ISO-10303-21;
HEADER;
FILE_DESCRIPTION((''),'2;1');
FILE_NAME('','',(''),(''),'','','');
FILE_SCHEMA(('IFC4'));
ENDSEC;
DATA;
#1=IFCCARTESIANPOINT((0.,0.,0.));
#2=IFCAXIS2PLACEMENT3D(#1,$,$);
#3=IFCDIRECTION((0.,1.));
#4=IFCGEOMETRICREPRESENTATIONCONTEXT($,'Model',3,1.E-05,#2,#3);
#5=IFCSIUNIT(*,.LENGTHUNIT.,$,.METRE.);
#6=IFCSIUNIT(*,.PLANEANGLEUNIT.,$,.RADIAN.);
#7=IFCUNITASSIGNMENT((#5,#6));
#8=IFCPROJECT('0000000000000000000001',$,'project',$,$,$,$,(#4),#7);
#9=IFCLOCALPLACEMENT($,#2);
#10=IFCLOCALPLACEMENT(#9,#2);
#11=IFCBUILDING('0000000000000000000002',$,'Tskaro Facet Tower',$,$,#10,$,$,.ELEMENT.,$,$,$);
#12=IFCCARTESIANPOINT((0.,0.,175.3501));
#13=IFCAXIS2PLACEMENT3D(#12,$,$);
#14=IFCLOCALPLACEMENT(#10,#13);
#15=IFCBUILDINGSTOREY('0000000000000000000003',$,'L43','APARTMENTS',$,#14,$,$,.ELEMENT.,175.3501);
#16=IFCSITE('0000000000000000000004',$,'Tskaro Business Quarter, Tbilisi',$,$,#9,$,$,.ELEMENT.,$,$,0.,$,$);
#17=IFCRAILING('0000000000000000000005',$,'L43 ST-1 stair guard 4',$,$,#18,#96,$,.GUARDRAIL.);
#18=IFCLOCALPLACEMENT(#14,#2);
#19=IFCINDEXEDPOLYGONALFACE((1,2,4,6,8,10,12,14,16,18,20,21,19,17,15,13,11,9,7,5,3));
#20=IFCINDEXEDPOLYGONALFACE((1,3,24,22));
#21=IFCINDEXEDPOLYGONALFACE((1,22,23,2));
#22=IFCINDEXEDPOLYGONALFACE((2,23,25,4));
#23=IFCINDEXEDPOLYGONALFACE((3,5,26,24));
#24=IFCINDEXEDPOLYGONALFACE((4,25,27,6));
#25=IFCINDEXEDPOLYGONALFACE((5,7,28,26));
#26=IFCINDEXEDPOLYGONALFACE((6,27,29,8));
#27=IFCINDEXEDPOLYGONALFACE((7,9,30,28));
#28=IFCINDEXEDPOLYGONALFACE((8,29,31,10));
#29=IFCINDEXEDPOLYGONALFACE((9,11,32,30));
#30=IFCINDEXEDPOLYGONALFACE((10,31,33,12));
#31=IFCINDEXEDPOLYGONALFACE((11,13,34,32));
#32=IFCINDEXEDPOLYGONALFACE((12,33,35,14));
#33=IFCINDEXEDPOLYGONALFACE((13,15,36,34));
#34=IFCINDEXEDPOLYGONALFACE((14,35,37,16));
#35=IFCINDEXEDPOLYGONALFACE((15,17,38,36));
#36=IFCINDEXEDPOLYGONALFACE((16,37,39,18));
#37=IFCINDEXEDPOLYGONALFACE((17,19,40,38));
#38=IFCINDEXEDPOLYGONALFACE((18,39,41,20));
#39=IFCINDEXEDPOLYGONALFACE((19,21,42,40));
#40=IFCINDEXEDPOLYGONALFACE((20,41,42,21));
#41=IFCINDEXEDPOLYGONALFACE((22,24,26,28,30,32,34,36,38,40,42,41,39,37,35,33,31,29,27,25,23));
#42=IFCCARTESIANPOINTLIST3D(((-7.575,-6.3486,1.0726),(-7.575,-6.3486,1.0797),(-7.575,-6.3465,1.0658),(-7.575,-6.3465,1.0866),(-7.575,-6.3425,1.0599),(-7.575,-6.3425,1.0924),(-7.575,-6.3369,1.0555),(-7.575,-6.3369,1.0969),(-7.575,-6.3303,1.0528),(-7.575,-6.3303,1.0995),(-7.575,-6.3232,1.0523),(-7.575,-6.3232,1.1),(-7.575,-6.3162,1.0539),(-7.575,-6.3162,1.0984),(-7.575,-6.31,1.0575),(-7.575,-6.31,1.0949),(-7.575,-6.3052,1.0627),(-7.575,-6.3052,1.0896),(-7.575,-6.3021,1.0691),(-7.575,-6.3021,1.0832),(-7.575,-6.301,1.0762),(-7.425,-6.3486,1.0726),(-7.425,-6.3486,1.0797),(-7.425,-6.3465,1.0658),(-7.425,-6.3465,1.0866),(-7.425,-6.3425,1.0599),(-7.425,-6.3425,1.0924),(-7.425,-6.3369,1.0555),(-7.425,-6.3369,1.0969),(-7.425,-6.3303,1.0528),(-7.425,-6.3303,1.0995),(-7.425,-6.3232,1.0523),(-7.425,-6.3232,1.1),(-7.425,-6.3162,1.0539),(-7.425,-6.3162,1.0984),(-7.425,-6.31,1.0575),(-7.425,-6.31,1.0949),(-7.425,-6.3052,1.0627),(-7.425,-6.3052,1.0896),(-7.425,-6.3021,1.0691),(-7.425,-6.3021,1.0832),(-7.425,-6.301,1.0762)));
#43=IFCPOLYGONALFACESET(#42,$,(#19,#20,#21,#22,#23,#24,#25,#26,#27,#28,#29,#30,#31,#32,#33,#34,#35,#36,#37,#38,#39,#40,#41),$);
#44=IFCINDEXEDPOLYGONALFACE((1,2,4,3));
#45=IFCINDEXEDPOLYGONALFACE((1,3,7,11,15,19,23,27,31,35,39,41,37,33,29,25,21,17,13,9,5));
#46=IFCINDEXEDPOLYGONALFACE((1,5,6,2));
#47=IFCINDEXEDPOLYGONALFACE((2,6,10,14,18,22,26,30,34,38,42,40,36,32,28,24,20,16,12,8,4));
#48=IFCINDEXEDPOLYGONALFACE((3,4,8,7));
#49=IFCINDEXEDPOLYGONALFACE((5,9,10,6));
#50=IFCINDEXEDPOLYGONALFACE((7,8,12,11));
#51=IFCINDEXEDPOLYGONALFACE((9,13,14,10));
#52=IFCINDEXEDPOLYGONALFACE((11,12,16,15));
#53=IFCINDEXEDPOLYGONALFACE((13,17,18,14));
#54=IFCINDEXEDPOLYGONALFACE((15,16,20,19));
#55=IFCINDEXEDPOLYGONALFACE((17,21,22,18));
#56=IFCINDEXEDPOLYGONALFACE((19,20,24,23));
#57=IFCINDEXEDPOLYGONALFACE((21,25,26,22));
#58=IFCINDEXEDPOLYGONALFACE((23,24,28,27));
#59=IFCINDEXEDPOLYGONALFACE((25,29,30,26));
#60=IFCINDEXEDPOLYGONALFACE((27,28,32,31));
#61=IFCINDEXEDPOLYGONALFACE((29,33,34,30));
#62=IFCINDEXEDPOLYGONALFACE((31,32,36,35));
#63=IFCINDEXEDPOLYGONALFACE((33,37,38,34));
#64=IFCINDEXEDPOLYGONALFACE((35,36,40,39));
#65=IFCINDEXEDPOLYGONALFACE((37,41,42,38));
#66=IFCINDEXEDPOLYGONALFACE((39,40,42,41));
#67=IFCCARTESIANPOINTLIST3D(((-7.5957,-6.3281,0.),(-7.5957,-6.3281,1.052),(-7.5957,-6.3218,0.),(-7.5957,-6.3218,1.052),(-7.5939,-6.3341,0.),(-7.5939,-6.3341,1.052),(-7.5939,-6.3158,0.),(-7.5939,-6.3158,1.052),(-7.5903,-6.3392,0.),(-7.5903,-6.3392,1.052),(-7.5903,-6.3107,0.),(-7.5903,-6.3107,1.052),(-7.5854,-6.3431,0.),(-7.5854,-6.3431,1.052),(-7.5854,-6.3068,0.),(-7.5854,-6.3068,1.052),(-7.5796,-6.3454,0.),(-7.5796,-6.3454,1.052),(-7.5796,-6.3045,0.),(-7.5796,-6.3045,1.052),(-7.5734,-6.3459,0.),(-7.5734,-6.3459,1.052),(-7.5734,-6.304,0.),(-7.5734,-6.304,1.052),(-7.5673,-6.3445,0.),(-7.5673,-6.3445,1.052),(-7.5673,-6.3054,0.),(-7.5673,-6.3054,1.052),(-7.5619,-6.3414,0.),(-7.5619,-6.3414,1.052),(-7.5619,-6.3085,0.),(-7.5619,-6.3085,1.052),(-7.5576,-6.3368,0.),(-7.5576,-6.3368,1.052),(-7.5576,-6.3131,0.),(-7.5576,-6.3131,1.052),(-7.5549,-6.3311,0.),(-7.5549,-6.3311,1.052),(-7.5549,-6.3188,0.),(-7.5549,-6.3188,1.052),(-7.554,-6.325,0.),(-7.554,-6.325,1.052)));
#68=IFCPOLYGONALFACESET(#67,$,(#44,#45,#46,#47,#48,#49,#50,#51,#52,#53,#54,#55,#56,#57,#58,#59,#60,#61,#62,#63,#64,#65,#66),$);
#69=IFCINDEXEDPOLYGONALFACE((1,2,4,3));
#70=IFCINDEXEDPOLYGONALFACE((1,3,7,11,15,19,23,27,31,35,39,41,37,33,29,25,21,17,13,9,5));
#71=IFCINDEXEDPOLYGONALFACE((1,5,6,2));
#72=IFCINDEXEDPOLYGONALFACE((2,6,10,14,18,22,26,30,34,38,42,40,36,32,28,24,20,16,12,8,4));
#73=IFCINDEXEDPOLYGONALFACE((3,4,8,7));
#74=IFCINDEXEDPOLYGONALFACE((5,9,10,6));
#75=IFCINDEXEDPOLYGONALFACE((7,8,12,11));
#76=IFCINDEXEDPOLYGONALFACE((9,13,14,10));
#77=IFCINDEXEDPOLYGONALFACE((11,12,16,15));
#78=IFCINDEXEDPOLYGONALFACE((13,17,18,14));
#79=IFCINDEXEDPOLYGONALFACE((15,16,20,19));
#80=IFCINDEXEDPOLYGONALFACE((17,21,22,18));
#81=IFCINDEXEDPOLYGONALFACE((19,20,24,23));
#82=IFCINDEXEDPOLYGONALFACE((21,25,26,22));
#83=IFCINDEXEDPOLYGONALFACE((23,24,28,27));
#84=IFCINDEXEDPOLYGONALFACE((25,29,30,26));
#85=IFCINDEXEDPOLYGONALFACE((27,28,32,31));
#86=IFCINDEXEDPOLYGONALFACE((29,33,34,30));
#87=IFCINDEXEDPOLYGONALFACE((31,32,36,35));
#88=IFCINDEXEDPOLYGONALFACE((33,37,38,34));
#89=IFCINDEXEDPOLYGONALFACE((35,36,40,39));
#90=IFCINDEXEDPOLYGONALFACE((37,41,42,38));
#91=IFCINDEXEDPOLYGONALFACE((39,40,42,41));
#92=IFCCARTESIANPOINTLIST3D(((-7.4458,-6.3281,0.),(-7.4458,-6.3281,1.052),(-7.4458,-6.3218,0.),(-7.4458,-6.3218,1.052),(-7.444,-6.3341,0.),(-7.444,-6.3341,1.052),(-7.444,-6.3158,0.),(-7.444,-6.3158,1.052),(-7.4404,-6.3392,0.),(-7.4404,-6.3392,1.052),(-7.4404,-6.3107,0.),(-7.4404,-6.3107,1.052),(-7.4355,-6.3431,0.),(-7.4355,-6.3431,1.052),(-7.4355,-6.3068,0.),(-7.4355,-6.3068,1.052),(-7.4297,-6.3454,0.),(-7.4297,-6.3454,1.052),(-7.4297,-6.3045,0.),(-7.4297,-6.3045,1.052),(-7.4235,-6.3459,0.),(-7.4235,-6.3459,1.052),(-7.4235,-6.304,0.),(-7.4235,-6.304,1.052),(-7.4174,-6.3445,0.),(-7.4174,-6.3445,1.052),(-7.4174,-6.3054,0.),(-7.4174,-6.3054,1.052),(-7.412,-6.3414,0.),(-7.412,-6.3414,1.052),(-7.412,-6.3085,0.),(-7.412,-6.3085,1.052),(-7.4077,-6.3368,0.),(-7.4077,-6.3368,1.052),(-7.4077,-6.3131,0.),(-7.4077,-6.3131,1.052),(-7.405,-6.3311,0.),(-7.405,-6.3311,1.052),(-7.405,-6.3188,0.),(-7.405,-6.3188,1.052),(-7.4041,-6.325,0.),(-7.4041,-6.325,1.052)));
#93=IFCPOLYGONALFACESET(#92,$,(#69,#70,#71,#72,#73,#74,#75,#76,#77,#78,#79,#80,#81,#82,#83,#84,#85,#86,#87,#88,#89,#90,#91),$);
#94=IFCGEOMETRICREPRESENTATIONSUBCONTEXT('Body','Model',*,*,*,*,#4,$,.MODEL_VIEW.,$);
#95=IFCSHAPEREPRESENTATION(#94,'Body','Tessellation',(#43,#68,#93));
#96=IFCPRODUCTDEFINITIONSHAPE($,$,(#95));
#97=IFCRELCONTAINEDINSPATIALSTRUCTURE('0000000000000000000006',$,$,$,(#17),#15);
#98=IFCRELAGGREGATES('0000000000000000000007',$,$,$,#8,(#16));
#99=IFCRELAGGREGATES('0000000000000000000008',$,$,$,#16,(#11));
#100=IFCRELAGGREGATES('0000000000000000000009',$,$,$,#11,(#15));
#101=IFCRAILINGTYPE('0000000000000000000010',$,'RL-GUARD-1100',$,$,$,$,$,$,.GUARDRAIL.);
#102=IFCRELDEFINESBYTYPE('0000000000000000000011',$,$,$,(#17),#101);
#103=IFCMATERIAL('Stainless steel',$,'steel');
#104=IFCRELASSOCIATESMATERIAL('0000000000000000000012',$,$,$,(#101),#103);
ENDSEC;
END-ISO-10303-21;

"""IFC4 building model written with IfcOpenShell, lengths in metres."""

from ifc_helpers import new_model, si_unit, direction, frame, origin, origin_2d, place, context, subcontext, project, spatial, circle, extrude, material, type_object, element, save


model = new_model("IFC4")

# Units and contexts
model_context = context("Model", 3, precision=1e-05, world=origin(), true_north=direction((0.0, 1.0)))
body_context = subcontext(model_context, "Body", "Model", "MODEL_VIEW")
ifc_project = project(units=[si_unit("LENGTHUNIT", "METRE"), si_unit("PLANEANGLEUNIT", "RADIAN")], contexts=[model_context])

# Site, building, storey
site_placement = place(None, origin())
site = spatial("IfcSite", under=ifc_project, at=site_placement, Name="Tskaro Business Quarter, Tbilisi", CompositionType="ELEMENT", RefElevation=0.0)
building_placement = place(site_placement, origin())
building = spatial("IfcBuilding", under=site, at=building_placement, Name="Tskaro Facet Tower", CompositionType="ELEMENT")
storey_placement = place(building_placement, frame((0.0, 0.0, 175.3501)))
storey = spatial("IfcBuildingStorey", under=building, at=storey_placement, Name="L43", Description="APARTMENTS", CompositionType="ELEMENT", Elevation=175.3501)

# Shared definitions
ifc_material_1 = material(Name="Stainless steel", Category="steel")

# Railing
railing_type_1 = type_object("IfcRailingType", Name="RL-GUARD-1100", PredefinedType="GUARDRAIL", material=ifc_material_1)
railing_1_placement = place(storey_placement, frame((-7.575, -6.325, 0.0)))
element("IfcRailing", 1, at=railing_1_placement, inside=storey, type_object=railing_type_1, Name="L43 ST-1 stair guard 4", PredefinedType="GUARDRAIL", context=body_context, shape_type="SweptSolid", body=[
    extrude(circle(Radius=0.0239, at=origin_2d()), frame((0.0, 0.0, 1.0762), z_axis=(1.0, 0.0, 0.0), x_axis=(0.0, 1.0, 0.0)), (0.0, 0.0, 1.0), 0.1499),
    extrude(circle(Radius=0.021, at=origin_2d()), origin(), (0.0, 0.0, 1.0), 1.052),
    extrude(circle(Radius=0.021, at=origin_2d()), frame((0.1499, 0.0, 0.0)), (0.0, 0.0, 1.0), 1.052),
])

save(model, "model.ifc")
